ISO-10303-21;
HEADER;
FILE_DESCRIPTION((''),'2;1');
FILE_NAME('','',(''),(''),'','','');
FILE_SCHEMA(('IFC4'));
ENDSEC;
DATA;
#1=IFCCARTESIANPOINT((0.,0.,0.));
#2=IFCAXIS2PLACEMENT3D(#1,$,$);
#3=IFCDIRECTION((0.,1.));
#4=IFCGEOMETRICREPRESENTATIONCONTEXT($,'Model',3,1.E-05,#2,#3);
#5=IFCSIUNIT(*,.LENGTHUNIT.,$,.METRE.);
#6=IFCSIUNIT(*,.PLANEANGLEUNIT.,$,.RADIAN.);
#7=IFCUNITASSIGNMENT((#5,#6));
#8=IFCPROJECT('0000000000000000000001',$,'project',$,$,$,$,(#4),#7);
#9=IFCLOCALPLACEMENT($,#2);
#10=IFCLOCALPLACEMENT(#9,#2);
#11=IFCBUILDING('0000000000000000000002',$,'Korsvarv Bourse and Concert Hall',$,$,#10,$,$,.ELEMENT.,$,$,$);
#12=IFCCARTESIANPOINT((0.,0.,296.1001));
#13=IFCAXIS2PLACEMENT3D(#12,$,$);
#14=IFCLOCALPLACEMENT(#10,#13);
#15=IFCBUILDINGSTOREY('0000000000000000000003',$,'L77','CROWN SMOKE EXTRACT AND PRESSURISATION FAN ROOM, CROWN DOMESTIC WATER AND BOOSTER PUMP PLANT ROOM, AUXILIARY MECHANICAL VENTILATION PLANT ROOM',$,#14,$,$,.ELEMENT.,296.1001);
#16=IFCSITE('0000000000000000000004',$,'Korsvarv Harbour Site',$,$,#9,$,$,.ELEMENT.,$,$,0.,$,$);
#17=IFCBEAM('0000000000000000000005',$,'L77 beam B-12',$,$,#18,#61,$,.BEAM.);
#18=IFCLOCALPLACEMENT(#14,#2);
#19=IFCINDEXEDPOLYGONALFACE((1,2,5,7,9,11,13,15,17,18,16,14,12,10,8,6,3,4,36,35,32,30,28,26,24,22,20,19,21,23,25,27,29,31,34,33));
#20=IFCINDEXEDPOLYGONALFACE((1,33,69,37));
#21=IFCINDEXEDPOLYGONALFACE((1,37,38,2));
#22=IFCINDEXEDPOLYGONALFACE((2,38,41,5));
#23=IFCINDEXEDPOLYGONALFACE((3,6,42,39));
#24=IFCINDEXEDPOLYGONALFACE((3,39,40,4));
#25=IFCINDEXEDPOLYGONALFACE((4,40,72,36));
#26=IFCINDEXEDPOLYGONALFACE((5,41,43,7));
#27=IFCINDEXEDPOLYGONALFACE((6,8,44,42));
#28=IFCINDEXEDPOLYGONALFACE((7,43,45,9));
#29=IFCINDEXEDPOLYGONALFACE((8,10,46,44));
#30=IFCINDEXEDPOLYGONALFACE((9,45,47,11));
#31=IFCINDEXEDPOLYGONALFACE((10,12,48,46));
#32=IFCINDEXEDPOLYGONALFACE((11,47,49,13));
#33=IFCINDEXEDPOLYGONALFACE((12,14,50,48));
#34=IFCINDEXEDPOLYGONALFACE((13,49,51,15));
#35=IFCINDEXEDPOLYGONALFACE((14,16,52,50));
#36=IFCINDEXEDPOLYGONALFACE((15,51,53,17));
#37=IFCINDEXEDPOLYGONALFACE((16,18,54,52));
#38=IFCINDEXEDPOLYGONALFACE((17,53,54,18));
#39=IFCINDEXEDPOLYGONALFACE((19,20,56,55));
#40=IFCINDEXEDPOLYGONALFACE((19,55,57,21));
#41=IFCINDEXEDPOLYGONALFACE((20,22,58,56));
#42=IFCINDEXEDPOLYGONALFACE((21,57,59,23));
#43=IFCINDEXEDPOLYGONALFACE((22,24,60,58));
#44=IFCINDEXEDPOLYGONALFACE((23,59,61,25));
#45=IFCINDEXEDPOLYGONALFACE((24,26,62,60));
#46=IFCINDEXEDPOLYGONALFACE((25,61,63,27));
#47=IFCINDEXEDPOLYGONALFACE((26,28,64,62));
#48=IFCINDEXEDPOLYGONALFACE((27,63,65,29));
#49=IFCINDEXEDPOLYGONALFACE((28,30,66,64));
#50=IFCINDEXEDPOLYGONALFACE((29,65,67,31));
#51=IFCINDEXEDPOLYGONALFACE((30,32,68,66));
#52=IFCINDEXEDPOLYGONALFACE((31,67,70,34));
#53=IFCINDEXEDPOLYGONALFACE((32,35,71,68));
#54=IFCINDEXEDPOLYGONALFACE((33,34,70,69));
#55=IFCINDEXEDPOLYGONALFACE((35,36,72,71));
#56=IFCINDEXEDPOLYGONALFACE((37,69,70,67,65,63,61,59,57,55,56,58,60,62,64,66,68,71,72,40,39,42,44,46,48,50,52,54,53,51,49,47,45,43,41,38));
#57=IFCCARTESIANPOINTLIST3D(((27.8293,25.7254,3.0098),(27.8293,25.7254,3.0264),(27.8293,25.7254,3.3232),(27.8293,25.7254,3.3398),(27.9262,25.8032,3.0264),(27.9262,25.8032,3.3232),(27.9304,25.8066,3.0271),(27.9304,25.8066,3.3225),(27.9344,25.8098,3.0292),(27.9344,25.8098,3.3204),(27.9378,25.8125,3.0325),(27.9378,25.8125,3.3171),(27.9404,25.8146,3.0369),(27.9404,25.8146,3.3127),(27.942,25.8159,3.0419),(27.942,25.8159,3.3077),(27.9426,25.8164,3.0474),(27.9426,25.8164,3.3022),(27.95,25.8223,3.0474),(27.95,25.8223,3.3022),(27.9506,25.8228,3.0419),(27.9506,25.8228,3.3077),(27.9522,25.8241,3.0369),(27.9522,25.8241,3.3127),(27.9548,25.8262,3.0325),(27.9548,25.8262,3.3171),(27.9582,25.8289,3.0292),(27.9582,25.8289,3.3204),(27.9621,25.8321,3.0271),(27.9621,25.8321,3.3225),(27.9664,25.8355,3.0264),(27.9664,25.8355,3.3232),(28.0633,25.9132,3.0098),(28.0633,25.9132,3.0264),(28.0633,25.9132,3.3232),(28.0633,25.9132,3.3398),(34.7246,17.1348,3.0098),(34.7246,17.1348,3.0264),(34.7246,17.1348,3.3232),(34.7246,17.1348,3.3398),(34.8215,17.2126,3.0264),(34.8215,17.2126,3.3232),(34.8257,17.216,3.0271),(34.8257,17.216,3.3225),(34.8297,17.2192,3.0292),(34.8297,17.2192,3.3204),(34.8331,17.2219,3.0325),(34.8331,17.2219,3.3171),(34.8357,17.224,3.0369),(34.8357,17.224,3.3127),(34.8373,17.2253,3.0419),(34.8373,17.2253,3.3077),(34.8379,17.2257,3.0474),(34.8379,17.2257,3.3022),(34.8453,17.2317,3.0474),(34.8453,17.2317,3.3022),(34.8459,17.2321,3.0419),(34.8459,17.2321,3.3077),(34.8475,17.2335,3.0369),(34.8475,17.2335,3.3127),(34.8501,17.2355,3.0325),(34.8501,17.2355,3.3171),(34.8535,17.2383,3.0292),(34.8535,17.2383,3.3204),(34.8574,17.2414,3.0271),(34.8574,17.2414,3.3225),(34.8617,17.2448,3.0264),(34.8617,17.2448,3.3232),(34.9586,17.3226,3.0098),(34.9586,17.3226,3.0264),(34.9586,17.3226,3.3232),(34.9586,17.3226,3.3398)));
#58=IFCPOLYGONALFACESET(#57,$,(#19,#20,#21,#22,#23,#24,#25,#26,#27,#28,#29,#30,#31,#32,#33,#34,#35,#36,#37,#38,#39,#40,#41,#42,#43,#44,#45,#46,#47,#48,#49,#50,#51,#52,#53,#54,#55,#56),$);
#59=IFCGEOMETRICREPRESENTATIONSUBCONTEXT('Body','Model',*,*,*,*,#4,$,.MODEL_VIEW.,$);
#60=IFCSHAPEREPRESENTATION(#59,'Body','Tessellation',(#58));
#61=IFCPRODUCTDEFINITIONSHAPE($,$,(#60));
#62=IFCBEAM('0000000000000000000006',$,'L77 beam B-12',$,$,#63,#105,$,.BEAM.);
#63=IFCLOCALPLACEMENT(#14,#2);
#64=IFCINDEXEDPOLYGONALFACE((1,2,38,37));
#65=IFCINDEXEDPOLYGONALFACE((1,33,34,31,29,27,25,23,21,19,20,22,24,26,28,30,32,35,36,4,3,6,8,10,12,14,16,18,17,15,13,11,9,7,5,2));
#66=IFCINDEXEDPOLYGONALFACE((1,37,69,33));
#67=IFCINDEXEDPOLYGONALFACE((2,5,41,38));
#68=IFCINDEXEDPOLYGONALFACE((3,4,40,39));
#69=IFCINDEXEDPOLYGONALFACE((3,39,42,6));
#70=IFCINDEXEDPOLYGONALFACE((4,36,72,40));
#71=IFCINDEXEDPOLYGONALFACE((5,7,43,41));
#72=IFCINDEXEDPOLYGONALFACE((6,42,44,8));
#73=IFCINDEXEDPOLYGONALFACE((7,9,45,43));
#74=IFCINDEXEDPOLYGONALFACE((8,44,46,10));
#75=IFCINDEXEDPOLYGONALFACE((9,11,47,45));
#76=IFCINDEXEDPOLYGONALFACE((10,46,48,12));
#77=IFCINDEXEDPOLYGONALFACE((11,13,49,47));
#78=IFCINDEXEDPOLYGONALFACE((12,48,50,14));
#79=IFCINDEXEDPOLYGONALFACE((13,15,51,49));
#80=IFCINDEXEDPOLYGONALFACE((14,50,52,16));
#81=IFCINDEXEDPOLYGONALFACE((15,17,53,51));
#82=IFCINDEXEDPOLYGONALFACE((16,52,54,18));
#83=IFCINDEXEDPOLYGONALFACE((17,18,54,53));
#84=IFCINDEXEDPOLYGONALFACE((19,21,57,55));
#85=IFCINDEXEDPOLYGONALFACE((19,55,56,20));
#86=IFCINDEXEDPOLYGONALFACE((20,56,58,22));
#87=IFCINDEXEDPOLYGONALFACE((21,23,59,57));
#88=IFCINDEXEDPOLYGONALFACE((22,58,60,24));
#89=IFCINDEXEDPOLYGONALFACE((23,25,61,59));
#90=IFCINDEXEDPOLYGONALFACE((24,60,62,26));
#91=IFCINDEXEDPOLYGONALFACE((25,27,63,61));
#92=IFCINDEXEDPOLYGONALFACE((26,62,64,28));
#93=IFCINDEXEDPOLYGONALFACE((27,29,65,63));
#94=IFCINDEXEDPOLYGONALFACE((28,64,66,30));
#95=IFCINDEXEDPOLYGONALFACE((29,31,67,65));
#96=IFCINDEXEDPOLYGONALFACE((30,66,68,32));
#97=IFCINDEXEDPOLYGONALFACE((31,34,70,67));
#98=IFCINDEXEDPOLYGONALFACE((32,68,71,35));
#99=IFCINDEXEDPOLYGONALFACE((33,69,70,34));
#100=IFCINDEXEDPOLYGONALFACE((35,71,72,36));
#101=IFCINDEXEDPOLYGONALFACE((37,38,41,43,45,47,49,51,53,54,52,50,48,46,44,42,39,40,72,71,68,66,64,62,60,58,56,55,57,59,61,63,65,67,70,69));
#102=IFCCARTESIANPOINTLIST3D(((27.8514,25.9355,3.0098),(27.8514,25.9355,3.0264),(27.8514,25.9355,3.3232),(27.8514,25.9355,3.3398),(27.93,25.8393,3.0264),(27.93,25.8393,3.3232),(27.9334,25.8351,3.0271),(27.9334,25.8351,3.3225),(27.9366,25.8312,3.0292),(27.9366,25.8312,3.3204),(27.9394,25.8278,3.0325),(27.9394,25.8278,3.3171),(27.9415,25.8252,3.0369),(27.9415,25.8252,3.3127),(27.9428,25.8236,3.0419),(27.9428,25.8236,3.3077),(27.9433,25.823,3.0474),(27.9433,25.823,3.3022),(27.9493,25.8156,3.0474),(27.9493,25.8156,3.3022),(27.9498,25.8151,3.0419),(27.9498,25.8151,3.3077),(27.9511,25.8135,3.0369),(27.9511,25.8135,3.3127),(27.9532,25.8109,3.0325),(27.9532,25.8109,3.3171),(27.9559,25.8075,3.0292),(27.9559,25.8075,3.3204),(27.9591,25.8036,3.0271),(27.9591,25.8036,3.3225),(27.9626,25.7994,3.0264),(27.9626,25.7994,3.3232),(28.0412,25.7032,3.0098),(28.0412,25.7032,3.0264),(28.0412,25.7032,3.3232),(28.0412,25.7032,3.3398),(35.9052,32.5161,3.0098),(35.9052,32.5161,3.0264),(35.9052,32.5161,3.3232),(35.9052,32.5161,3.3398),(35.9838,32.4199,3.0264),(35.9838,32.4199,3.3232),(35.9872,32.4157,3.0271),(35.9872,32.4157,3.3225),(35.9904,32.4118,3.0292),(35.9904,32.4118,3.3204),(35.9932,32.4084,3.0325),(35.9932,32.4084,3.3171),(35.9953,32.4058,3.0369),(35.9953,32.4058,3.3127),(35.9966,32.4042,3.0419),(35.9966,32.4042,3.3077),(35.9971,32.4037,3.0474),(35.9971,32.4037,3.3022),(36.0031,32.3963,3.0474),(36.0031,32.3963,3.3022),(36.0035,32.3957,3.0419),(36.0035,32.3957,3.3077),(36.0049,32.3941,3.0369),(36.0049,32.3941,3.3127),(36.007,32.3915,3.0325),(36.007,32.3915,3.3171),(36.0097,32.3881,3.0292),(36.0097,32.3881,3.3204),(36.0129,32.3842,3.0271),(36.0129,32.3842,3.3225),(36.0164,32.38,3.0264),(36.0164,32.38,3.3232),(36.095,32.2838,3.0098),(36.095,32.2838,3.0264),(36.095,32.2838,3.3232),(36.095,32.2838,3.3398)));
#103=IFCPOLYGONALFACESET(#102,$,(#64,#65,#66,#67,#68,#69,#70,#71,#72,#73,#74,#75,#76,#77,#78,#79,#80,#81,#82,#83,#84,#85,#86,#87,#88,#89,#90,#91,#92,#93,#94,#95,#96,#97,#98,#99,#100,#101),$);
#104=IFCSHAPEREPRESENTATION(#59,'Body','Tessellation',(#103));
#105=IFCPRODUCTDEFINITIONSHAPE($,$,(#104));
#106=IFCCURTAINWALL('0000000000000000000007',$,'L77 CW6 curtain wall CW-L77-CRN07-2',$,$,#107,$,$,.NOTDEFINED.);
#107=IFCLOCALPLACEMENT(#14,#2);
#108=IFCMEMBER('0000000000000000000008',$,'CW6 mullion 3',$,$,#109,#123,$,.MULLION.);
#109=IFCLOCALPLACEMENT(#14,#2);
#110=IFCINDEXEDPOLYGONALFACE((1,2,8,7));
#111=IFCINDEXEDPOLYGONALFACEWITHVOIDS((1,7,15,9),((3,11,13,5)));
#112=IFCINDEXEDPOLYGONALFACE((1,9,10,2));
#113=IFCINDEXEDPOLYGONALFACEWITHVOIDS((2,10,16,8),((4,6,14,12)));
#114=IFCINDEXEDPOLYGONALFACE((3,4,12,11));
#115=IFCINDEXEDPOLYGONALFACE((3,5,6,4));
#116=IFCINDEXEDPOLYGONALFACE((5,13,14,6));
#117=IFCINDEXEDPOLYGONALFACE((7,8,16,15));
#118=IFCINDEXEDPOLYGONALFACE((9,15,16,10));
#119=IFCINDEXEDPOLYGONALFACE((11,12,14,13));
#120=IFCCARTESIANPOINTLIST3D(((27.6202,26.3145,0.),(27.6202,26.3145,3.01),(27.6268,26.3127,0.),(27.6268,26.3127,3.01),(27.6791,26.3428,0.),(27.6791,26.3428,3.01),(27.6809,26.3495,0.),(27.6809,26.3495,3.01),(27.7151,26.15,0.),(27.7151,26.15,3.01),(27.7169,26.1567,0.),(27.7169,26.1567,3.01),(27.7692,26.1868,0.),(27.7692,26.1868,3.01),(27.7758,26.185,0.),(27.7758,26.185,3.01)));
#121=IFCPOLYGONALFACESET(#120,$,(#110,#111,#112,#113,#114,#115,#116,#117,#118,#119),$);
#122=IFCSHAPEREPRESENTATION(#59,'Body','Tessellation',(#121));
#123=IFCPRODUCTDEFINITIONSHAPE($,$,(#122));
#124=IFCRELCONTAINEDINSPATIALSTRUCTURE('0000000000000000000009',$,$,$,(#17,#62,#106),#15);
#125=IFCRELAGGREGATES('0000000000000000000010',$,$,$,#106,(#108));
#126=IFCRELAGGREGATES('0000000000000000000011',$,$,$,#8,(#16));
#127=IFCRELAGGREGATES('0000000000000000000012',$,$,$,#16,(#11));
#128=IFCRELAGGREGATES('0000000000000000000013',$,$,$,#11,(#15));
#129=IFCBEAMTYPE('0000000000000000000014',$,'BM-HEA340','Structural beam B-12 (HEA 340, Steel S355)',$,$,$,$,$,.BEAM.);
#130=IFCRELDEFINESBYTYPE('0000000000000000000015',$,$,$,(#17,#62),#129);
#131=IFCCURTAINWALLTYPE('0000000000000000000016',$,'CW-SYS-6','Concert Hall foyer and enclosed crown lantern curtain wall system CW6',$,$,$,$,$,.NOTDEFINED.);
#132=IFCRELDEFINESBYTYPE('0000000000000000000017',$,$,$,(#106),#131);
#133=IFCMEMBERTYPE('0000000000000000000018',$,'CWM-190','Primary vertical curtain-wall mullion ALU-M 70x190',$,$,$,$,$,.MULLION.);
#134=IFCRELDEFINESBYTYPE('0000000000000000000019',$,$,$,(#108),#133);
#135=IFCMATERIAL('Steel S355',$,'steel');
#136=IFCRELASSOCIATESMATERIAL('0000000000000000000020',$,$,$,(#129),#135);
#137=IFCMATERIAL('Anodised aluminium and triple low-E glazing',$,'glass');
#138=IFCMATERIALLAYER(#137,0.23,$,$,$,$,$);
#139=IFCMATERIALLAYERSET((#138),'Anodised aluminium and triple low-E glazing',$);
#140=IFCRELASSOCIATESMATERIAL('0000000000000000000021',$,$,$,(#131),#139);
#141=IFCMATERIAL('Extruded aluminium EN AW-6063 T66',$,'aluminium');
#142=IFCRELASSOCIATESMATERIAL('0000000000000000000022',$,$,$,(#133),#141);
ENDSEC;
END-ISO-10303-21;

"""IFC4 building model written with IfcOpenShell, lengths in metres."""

from ifc_helpers import new_model, si_unit, direction, frame, origin, origin_2d, place, context, subcontext, project, spatial, hollow_rectangle, i_section, extrude, source, transform, mapped, material, layer, layer_set, material_profile, profile_set, type_object, element, aggregate, save


model = new_model("IFC4")

# Units and contexts
model_context = context("Model", 3, precision=1e-05, world=origin(), true_north=direction((0.0, 1.0)))
body_context = subcontext(model_context, "Body", "Model", "MODEL_VIEW")
ifc_project = project(units=[si_unit("LENGTHUNIT", "METRE"), si_unit("PLANEANGLEUNIT", "RADIAN")], contexts=[model_context])

# Site, building, storey
site_placement = place(None, origin())
site = spatial("IfcSite", under=ifc_project, at=site_placement, Name="Korsvarv Harbour Site", CompositionType="ELEMENT", RefElevation=0.0)
building_placement = place(site_placement, origin())
building = spatial("IfcBuilding", under=site, at=building_placement, Name="Korsvarv Bourse and Concert Hall", CompositionType="ELEMENT")
storey_placement = place(building_placement, frame((0.0, 0.0, 296.1001)))
storey = spatial("IfcBuildingStorey", under=building, at=storey_placement, Name="L77", Description="CROWN SMOKE EXTRACT AND PRESSURISATION FAN ROOM, CROWN DOMESTIC WATER AND BOOSTER PUMP PLANT ROOM, AUXILIARY MECHANICAL VENTILATION PLANT ROOM", CompositionType="ELEMENT", Elevation=296.1001)

# Shared definitions
ifc_material_1 = material(Name="Steel S355", Category="steel")

# Beams
ifc_material_profile_1 = material_profile(ifc_material_1, i_section(OverallWidth=0.3, OverallDepth=0.3301, WebThickness=0.0095, FlangeThickness=0.0166, FilletRadius=0.021, at=origin_2d()), Name="HEA 340")
ifc_profile_set_1 = profile_set([ifc_material_profile_1], Name="Steel S355")
beam_type = type_object("IfcBeamType", Name="BM-HEA340", Description="Structural beam B-12 (HEA 340, Steel S355)", PredefinedType="BEAM", material=ifc_profile_set_1)
shared_shape_1 = source(origin(), body_context, "Body", "SweptSolid", [
    extrude(i_section(OverallWidth=0.3, OverallDepth=0.3301, WebThickness=0.0095, FlangeThickness=0.0166, FilletRadius=0.021, at=origin_2d()), origin(), (0.0, 0.0, 1.0), 11.0156),
])
beam_1_placement = place(storey_placement, frame((27.9463, 25.8193, 3.1748), z_axis=(0.625956, -0.779858, 0.0), x_axis=(0.779858, 0.625956, 0.0)))
element("IfcBeam", 1, at=beam_1_placement, inside=storey, type_object=beam_type, Name="L77 beam B-12", PredefinedType="BEAM", context=body_context, shape_type="MappedRepresentation", body=[
    mapped(shared_shape_1, transform((0.0, 0.0, 0.0), scale=1.0)),
])
shared_shape_2 = source(origin(), body_context, "Body", "SweptSolid", [
    extrude(i_section(OverallWidth=0.3, OverallDepth=0.3301, WebThickness=0.0095, FlangeThickness=0.0166, FilletRadius=0.021, at=origin_2d()), origin(), (0.0, 0.0, 1.0), 10.4004),
])
beam_2_placement = place(storey_placement, frame((27.9463, 25.8193, 3.1748), z_axis=(0.774373, 0.632729, 0.0), x_axis=(-0.632729, 0.774373, 0.0)))
element("IfcBeam", 2, at=beam_2_placement, inside=storey, type_object=beam_type, Name="L77 beam B-12", PredefinedType="BEAM", context=body_context, shape_type="MappedRepresentation", body=[
    mapped(shared_shape_2, transform((0.0, 0.0, 0.0), scale=1.0)),
])

# Curtain wall, member
ifc_material_2 = material(Name="Anodised aluminium and triple low-E glazing", Category="glass")
ifc_layer_1 = layer(ifc_material_2, 0.23)
ifc_layer_set_1 = layer_set([ifc_layer_1], Name="Anodised aluminium and triple low-E glazing")
curtain_wall_type = type_object("IfcCurtainWallType", Name="CW-SYS-6", Description="Concert Hall foyer and enclosed crown lantern curtain wall system CW6", PredefinedType="NOTDEFINED", material=ifc_layer_set_1)
curtain_wall_placement = place(storey_placement, origin())
curtain_wall = element("IfcCurtainWall", 3, at=curtain_wall_placement, inside=storey, type_object=curtain_wall_type, Name="L77 CW6 curtain wall CW-L77-CRN07-2", PredefinedType="NOTDEFINED")
ifc_material_3 = material(Name="Extruded aluminium EN AW-6063 T66", Category="aluminium")
ifc_material_profile_2 = material_profile(ifc_material_3, hollow_rectangle(XDim=0.0701, YDim=0.1899, WallThickness=0.0049, at=origin_2d()), Name="ALU-M 70x190")
ifc_profile_set_2 = profile_set([ifc_material_profile_2], Name="Extruded aluminium EN AW-6063 T66")
member_type = type_object("IfcMemberType", Name="CWM-190", Description="Primary vertical curtain-wall mullion ALU-M 70x190", PredefinedType="MULLION", material=ifc_profile_set_2)
shared_shape_3 = source(origin(), body_context, "Body", "SweptSolid", [
    extrude(hollow_rectangle(XDim=0.0701, YDim=0.1899, WallThickness=0.0049, at=origin_2d()), origin(), (0.0, 0.0, 1.0), 3.01),
])
member_placement = place(storey_placement, frame((27.698, 26.2498, 0.0), z_axis=(0.0, 0.0, 1.0), x_axis=(0.866021, 0.500008, 0.0)))
member = element("IfcMember", 4, at=member_placement, type_object=member_type, Name="CW6 mullion 3", PredefinedType="MULLION", context=body_context, shape_type="MappedRepresentation", body=[
    mapped(shared_shape_3, transform((0.0, 0.0, 0.0), scale=1.0)),
])
aggregate(curtain_wall, [member])

save(model, "model.ifc")
